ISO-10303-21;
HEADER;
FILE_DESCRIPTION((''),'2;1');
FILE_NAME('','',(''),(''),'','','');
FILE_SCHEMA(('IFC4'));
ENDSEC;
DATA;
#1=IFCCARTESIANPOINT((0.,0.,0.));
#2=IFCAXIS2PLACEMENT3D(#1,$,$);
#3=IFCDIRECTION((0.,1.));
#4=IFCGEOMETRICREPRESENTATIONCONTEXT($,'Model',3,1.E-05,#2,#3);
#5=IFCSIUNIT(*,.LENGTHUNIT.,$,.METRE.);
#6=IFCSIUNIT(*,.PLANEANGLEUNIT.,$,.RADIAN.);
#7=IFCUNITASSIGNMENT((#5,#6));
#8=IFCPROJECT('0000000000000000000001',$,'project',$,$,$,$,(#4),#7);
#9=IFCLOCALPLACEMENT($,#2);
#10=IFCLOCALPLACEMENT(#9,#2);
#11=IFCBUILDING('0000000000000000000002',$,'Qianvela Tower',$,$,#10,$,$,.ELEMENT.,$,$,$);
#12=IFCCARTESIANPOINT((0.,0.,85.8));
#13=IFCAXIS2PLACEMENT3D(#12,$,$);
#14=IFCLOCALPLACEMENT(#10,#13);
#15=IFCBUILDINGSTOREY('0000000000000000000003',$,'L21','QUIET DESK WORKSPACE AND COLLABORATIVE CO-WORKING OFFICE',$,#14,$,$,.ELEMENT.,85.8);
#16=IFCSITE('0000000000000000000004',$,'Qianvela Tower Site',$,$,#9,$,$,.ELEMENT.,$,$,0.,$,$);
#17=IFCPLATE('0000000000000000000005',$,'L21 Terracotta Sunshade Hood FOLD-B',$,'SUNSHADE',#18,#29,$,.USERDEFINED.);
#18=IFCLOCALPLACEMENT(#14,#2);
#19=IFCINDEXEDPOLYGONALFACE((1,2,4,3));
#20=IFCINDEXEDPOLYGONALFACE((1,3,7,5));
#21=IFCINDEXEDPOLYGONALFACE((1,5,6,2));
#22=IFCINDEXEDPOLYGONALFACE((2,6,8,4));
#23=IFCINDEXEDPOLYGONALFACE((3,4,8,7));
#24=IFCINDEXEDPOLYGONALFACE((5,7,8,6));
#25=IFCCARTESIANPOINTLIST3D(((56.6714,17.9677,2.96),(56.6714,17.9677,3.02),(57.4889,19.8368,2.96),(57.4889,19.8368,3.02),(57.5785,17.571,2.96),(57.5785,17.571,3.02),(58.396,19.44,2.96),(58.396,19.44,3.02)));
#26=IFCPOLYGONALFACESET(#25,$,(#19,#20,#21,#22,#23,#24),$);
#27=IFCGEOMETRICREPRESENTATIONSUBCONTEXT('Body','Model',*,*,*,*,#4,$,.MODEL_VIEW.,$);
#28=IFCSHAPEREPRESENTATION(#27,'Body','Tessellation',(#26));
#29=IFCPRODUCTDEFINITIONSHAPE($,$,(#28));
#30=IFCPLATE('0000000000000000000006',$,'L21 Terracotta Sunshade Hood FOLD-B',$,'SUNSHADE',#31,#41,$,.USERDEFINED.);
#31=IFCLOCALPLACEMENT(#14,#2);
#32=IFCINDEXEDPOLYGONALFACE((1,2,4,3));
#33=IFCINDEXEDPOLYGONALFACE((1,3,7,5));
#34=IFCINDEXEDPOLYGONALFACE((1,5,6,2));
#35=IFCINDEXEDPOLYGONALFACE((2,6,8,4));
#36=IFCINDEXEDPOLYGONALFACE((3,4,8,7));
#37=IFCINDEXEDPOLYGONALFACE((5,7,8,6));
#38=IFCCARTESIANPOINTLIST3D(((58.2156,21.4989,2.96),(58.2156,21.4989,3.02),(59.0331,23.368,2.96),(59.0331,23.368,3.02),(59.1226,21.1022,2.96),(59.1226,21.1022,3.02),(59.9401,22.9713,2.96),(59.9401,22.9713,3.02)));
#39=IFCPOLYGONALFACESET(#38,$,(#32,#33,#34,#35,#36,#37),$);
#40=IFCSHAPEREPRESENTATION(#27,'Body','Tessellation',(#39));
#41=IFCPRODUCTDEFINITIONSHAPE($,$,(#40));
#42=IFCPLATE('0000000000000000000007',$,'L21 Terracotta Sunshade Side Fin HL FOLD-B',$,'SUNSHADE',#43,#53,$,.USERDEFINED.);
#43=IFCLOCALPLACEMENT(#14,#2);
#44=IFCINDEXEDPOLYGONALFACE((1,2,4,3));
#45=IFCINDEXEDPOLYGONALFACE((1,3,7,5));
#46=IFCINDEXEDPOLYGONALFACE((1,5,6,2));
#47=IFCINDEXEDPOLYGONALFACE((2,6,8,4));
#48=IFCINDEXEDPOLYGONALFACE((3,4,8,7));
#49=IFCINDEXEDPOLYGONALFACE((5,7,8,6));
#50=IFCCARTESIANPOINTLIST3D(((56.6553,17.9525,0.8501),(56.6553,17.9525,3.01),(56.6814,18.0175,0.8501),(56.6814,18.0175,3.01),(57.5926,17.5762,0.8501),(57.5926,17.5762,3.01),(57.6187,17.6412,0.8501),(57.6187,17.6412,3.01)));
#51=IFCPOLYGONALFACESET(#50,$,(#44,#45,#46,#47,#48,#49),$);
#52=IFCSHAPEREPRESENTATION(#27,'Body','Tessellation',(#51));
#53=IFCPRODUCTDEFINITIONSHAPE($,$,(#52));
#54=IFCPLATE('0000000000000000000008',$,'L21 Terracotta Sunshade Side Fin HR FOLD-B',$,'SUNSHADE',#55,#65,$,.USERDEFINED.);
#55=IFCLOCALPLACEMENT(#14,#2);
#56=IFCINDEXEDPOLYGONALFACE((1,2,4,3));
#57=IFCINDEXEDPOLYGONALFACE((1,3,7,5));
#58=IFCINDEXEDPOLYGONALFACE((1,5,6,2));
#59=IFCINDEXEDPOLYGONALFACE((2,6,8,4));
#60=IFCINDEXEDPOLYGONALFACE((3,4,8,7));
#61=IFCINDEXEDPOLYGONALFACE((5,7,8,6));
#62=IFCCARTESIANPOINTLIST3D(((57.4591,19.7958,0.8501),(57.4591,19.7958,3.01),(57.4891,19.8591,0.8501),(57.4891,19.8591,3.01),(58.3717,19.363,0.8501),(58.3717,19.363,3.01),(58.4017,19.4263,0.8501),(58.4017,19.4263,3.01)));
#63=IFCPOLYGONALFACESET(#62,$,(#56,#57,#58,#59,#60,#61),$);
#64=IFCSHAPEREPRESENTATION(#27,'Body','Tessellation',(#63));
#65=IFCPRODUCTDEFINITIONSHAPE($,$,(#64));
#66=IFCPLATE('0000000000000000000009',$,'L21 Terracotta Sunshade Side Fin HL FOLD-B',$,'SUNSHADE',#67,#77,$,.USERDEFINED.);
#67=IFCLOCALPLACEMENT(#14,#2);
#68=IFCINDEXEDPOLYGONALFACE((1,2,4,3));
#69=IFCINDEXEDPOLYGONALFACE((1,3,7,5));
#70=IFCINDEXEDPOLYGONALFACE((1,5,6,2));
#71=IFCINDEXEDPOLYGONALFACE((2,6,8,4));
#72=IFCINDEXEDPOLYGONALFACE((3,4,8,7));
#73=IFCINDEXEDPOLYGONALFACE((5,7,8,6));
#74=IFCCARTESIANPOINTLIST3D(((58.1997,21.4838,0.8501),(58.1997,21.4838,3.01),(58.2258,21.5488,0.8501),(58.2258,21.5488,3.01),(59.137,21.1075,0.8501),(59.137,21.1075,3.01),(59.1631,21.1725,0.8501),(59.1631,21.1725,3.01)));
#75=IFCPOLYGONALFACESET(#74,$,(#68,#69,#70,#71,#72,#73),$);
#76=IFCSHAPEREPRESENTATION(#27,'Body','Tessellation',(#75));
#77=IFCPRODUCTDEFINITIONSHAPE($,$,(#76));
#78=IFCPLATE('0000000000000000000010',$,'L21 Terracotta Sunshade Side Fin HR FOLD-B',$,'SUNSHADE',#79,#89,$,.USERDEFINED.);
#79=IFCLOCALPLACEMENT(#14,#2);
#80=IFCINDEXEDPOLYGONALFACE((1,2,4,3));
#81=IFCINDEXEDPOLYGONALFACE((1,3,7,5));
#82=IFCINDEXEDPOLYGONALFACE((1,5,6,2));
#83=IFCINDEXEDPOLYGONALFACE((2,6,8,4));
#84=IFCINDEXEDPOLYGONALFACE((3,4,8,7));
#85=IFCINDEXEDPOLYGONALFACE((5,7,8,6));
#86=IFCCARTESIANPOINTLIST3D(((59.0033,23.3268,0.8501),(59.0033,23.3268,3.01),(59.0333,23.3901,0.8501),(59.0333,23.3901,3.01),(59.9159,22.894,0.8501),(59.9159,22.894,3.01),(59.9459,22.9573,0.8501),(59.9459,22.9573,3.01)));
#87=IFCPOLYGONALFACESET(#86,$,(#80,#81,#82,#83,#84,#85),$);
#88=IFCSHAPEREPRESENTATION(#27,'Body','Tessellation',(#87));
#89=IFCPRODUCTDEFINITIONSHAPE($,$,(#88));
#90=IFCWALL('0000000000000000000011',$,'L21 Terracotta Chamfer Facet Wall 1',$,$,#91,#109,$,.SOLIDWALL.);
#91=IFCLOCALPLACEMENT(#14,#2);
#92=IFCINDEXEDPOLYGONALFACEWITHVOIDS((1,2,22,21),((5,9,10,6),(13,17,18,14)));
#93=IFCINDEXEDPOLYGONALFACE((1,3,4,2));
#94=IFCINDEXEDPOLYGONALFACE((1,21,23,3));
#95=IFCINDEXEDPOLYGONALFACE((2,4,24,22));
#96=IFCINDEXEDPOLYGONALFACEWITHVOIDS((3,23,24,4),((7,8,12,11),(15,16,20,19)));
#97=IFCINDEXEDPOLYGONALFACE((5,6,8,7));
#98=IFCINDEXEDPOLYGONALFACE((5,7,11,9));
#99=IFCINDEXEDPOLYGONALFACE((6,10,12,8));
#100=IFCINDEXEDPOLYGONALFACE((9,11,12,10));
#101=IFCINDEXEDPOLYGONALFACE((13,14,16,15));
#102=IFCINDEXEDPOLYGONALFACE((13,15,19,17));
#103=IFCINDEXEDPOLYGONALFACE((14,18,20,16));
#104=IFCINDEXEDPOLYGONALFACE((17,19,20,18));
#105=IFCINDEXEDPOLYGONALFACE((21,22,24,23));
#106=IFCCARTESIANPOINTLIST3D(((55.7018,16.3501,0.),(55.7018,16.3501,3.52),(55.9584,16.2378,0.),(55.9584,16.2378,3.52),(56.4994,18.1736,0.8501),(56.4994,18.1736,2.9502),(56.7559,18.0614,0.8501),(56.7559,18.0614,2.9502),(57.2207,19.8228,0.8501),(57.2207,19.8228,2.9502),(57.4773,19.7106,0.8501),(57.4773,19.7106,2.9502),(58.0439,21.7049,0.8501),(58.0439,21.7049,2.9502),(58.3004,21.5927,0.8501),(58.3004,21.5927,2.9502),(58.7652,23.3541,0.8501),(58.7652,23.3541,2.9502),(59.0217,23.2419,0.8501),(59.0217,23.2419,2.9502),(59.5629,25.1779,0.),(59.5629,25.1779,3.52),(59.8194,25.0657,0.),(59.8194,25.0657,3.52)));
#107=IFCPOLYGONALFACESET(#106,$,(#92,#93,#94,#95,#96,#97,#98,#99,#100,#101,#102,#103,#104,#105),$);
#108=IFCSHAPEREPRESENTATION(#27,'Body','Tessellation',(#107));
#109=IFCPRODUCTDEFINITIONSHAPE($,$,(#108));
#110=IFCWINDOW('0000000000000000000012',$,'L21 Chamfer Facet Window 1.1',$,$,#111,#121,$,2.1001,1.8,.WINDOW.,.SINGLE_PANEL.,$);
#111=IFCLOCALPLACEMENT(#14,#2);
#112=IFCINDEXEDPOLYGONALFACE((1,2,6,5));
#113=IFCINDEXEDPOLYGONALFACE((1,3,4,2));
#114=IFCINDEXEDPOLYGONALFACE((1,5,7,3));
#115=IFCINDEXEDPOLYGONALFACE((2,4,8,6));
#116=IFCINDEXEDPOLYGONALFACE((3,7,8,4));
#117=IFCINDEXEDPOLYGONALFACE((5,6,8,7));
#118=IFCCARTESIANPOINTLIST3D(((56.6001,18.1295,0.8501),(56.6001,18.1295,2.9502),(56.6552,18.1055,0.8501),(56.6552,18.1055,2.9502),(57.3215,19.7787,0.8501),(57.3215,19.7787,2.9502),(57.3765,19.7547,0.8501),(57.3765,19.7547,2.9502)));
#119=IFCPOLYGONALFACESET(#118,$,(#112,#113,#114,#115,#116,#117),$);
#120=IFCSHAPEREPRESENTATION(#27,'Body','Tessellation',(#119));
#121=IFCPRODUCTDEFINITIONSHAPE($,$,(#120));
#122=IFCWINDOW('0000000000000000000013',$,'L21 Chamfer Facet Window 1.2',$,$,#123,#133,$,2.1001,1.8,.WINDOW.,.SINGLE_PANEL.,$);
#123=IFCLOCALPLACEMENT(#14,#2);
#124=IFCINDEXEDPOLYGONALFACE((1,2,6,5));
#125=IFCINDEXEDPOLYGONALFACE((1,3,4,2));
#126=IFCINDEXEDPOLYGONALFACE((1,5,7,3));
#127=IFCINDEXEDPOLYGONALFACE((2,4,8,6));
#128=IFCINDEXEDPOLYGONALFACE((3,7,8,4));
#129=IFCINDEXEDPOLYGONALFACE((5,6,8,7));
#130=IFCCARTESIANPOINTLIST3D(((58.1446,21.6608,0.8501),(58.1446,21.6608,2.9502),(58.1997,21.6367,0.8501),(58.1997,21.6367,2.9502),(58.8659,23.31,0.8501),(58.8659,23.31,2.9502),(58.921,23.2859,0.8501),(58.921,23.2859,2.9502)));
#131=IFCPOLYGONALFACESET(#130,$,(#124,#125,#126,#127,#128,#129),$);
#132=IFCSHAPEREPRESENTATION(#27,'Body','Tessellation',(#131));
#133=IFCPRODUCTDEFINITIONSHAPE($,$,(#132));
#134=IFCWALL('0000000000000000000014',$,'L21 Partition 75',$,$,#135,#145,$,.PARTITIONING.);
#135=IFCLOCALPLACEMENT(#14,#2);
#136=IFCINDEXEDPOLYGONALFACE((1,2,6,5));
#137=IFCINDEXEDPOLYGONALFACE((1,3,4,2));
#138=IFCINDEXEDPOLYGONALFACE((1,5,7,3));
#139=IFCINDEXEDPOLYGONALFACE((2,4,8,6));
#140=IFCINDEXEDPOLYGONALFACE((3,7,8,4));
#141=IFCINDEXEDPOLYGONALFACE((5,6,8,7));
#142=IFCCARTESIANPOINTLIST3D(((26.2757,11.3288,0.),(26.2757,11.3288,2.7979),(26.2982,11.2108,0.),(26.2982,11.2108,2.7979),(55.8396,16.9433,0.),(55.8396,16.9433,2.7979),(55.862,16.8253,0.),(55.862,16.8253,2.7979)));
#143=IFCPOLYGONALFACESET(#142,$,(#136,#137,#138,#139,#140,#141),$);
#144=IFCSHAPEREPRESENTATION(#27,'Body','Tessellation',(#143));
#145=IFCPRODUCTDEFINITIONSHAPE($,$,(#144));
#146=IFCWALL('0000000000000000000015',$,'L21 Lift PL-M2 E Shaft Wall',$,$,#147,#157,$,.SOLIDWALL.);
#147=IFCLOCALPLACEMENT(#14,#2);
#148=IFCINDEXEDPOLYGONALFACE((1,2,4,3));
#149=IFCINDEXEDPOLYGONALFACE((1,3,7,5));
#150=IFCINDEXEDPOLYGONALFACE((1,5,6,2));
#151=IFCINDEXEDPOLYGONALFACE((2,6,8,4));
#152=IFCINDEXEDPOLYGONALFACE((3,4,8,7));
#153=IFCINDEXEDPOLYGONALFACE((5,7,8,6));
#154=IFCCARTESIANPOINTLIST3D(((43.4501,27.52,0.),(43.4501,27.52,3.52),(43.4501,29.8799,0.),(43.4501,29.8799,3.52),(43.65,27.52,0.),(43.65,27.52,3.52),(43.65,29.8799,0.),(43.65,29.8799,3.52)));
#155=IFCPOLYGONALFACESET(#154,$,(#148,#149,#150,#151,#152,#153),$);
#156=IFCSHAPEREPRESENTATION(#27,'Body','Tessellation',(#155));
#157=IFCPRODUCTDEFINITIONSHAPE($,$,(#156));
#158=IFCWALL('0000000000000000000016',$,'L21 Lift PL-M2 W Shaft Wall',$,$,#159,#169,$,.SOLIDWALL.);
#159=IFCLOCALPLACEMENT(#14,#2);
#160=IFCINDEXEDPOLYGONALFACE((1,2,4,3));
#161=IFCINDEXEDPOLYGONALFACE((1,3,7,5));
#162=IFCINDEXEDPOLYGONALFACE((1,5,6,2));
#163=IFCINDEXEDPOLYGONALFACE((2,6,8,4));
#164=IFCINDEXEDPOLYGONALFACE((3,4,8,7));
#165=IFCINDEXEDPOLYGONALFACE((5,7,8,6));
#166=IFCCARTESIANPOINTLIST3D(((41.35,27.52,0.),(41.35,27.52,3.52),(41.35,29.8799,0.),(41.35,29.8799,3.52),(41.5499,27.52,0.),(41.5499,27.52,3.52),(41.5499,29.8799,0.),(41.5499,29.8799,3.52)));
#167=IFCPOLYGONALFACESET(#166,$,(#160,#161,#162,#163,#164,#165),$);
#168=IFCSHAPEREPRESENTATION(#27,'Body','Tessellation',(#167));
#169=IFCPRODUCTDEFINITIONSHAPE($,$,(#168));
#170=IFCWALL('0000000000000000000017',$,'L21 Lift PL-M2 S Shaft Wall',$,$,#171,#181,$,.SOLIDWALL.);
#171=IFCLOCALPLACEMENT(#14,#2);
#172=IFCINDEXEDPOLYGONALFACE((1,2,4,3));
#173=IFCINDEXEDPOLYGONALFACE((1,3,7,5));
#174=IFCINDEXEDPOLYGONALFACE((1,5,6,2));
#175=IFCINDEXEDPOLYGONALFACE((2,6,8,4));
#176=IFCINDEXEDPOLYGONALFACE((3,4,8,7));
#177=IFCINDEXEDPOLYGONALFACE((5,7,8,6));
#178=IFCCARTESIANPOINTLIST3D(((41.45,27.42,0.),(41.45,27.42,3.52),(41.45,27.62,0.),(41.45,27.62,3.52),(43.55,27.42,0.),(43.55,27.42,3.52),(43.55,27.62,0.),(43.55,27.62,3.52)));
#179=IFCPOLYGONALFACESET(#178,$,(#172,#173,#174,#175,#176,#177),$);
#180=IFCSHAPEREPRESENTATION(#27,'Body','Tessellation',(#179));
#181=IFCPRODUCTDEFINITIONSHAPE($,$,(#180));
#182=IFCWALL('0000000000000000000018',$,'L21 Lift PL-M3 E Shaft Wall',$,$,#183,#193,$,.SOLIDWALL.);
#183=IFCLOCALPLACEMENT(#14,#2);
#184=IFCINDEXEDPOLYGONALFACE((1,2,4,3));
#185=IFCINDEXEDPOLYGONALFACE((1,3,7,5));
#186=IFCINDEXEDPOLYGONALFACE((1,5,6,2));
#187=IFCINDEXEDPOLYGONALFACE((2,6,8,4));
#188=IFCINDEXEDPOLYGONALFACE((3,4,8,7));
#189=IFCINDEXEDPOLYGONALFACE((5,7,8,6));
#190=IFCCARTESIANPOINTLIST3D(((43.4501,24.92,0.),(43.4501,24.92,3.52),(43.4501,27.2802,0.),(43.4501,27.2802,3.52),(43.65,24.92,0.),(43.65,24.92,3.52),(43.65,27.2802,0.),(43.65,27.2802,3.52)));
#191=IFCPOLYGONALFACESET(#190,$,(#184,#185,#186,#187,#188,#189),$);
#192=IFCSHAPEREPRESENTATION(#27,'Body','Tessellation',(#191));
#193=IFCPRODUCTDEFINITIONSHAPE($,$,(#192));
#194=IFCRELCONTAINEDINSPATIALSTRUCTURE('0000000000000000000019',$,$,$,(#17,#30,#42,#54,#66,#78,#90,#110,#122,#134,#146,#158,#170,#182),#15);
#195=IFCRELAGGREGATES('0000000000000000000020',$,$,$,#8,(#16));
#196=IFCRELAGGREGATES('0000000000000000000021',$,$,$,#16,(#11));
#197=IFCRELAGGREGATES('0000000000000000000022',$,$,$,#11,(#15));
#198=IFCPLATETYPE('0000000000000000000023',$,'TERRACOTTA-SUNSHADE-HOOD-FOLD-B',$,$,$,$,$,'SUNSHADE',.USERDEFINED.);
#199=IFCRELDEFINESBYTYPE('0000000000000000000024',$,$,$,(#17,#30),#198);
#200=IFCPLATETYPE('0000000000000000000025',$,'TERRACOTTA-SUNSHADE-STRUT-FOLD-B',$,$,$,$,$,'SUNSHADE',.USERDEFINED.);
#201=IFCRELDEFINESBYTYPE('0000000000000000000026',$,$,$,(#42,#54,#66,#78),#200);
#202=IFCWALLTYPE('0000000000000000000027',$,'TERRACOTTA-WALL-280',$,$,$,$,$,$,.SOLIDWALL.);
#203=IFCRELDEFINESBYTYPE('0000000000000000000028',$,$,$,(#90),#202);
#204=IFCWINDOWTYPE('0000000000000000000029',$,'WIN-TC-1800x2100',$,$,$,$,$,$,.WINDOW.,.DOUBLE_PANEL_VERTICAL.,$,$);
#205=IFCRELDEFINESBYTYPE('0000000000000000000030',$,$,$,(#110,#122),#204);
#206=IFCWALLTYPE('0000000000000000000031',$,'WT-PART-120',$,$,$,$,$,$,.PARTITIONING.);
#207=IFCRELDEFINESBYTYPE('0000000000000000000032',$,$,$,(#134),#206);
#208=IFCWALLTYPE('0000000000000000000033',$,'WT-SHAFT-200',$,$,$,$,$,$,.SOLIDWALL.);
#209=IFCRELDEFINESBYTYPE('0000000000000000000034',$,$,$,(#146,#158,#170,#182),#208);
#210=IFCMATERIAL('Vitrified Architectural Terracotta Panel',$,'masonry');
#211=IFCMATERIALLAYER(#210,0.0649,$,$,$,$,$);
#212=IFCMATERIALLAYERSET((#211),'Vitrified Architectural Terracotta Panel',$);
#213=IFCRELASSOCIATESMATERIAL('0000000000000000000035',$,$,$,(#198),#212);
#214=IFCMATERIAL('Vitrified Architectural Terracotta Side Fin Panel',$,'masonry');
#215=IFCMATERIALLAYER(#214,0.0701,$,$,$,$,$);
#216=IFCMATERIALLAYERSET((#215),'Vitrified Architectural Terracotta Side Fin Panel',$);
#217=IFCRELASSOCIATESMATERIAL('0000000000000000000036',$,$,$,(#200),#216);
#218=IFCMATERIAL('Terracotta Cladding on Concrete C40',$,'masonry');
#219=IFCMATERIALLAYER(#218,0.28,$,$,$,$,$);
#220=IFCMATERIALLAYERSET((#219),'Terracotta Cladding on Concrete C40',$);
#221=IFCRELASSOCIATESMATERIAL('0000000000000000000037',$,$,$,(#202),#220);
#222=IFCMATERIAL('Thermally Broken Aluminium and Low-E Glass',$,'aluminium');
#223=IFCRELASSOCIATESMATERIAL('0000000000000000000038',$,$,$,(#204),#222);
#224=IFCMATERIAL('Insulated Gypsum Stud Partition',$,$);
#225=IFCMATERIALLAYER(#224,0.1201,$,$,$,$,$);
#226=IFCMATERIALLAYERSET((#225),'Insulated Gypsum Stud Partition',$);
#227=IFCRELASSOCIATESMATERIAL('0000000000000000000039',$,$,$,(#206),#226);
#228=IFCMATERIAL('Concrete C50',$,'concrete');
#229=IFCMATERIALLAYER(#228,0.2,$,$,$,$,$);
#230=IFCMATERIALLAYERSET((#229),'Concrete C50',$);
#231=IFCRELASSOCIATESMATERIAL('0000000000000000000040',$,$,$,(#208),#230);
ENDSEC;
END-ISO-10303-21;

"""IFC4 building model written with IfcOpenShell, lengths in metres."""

from ifc_helpers import new_model, si_unit, direction, frame, frame_2d, origin, origin_2d, place, context, subcontext, project, spatial, rectangle, extrude, material, layer, layer_set, type_object, element, fill, save


model = new_model("IFC4")

# Units and contexts
model_context = context("Model", 3, precision=1e-05, world=origin(), true_north=direction((0.0, 1.0)))
body_context = subcontext(model_context, "Body", "Model", "MODEL_VIEW")
ifc_project = project(units=[si_unit("LENGTHUNIT", "METRE"), si_unit("PLANEANGLEUNIT", "RADIAN")], contexts=[model_context])

# Site, building, storey
site_placement = place(None, origin())
site = spatial("IfcSite", under=ifc_project, at=site_placement, Name="Qianvela Tower Site", CompositionType="ELEMENT", RefElevation=0.0)
building_placement = place(site_placement, origin())
building = spatial("IfcBuilding", under=site, at=building_placement, Name="Qianvela Tower", CompositionType="ELEMENT")
storey_placement = place(building_placement, frame((0.0, 0.0, 85.8)))
storey = spatial("IfcBuildingStorey", under=building, at=storey_placement, Name="L21", Description="QUIET DESK WORKSPACE AND COLLABORATIVE CO-WORKING OFFICE", CompositionType="ELEMENT", Elevation=85.8)

# Plates
ifc_material_1 = material(Name="Vitrified Architectural Terracotta Panel", Category="masonry")
ifc_layer_1 = layer(ifc_material_1, 0.0649)
ifc_layer_set_1 = layer_set([ifc_layer_1], Name="Vitrified Architectural Terracotta Panel")
plate_type_1 = type_object("IfcPlateType", Name="TERRACOTTA-SUNSHADE-HOOD-FOLD-B", ElementType="SUNSHADE", PredefinedType="USERDEFINED", material=ifc_layer_set_1)
for number, where, z_axis, x_axis, name in (
    (1, (57.5337, 18.7039, 2.96), (0.0, 0.0, 1.0), (0.400723, 0.916199, 0.0), "L21 Terracotta Sunshade Hood FOLD-B"),
    (2, (59.0779, 22.2351, 2.96), (0.0, 0.0, 1.0), (0.400723, 0.916199, 0.0), "L21 Terracotta Sunshade Hood FOLD-B"),
):
    element("IfcPlate", number, at=place(storey_placement, frame(where, z_axis=z_axis, x_axis=x_axis)), inside=storey, type_object=plate_type_1, Name=name, ObjectType="SUNSHADE", PredefinedType="USERDEFINED", context=body_context, shape_type="SweptSolid", body=[
        extrude(rectangle(XDim=2.04, YDim=0.99, at=origin_2d()), origin(), (0.0, 0.0, 1.0), 0.0601),
    ])
ifc_material_2 = material(Name="Vitrified Architectural Terracotta Side Fin Panel", Category="masonry")
ifc_layer_2 = layer(ifc_material_2, 0.0701)
ifc_layer_set_2 = layer_set([ifc_layer_2], Name="Vitrified Architectural Terracotta Side Fin Panel")
plate_type_2 = type_object("IfcPlateType", Name="TERRACOTTA-SUNSHADE-STRUT-FOLD-B", ElementType="SUNSHADE", PredefinedType="USERDEFINED", material=ifc_layer_set_2)
for number, where, z_axis, x_axis, name in (
    (3, (57.137, 17.7969, 0.8501), (0.0, 0.0, 1.0), (0.372557, 0.928009, 0.0), "L21 Terracotta Sunshade Side Fin HL FOLD-B"),
    (4, (57.9304, 19.6111, 0.8501), (0.0, 0.0, 1.0), (0.428516, 0.903534, 0.0), "L21 Terracotta Sunshade Side Fin HR FOLD-B"),
    (5, (58.6814, 21.3281, 0.8501), (0.0, 0.0, 1.0), (0.372557, 0.928009, 0.0), "L21 Terracotta Sunshade Side Fin HL FOLD-B"),
    (6, (59.4746, 23.1421, 0.8501), (0.0, 0.0, 1.0), (0.428516, 0.903534, 0.0), "L21 Terracotta Sunshade Side Fin HR FOLD-B"),
):
    element("IfcPlate", number, at=place(storey_placement, frame(where, z_axis=z_axis, x_axis=x_axis)), inside=storey, type_object=plate_type_2, Name=name, ObjectType="SUNSHADE", PredefinedType="USERDEFINED", context=body_context, shape_type="SweptSolid", body=[
        extrude(rectangle(XDim=0.0701, YDim=1.01, at=origin_2d()), origin(), (0.0, 0.0, 1.0), 2.1599),
    ])

# Wall, openings, windows
ifc_material_3 = material(Name="Terracotta Cladding on Concrete C40", Category="masonry")
ifc_layer_3 = layer(ifc_material_3, 0.28)
ifc_layer_set_3 = layer_set([ifc_layer_3], Name="Terracotta Cladding on Concrete C40")
wall_type_1 = type_object("IfcWallType", Name="TERRACOTTA-WALL-280", PredefinedType="SOLIDWALL", material=ifc_layer_set_3)
wall_1_placement = place(storey_placement, frame((55.8301, 16.2939, 0.0), z_axis=(0.0, 0.0, 1.0), x_axis=(0.400722, 0.9162, 0.0)))
wall_1 = element("IfcWall", 7, at=wall_1_placement, inside=storey, type_object=wall_type_1, Name="L21 Terracotta Chamfer Facet Wall 1", PredefinedType="SOLIDWALL", context=body_context, shape_type="SweptSolid", body=[
    extrude(rectangle(XDim=9.6353, YDim=0.28, at=frame_2d((4.8176, 0.0))), origin(), (0.0, 0.0, 1.0), 3.52),
])
opening_1_placement = place(wall_1_placement, frame((1.9905, 0.0, 0.8501)))
opening_1 = element("IfcOpeningElement", 8, at=opening_1_placement, cuts=wall_1, PredefinedType="OPENING", context=body_context, shape_type="SweptSolid", body=[
    extrude(rectangle(XDim=1.8, YDim=2.1001, at=frame_2d((0.8999, 1.05))), frame((0.0, 0.1499, 0.0), z_axis=(0.0, -1.0, 0.0), x_axis=(1.0, 0.0, 0.0)), (0.0, 0.0, 1.0), 0.3),
])
opening_2_placement = place(wall_1_placement, frame((5.8447, 0.0, 0.8501)))
opening_2 = element("IfcOpeningElement", 9, at=opening_2_placement, cuts=wall_1, PredefinedType="OPENING", context=body_context, shape_type="SweptSolid", body=[
    extrude(rectangle(XDim=1.8, YDim=2.1001, at=frame_2d((0.8999, 1.05))), frame((0.0, 0.1499, 0.0), z_axis=(0.0, -1.0, 0.0), x_axis=(1.0, 0.0, 0.0)), (0.0, 0.0, 1.0), 0.3),
])
ifc_material_4 = material(Name="Thermally Broken Aluminium and Low-E Glass", Category="aluminium")
window_type = type_object("IfcWindowType", Name="WIN-TC-1800x2100", PartitioningType="DOUBLE_PANEL_VERTICAL", PredefinedType="WINDOW", material=ifc_material_4)
window_1_placement = place(opening_1_placement, origin())
window_1 = element("IfcWindow", 10, at=window_1_placement, inside=storey, type_object=window_type, Name="L21 Chamfer Facet Window 1.1", OverallHeight=2.1001, OverallWidth=1.8, PartitioningType="SINGLE_PANEL", PredefinedType="WINDOW", context=body_context, shape_type="SweptSolid", body=[
    extrude(rectangle(XDim=1.8, YDim=2.1001, at=frame_2d((0.8999, 1.05))), frame((0.0, 0.03, 0.0), z_axis=(0.0, -1.0, 0.0), x_axis=(1.0, 0.0, 0.0)), (0.0, 0.0, 1.0), 0.0601),
])
fill(opening_1, window_1)
window_2_placement = place(opening_2_placement, origin())
window_2 = element("IfcWindow", 11, at=window_2_placement, inside=storey, type_object=window_type, Name="L21 Chamfer Facet Window 1.2", OverallHeight=2.1001, OverallWidth=1.8, PartitioningType="SINGLE_PANEL", PredefinedType="WINDOW", context=body_context, shape_type="SweptSolid", body=[
    extrude(rectangle(XDim=1.8, YDim=2.1001, at=frame_2d((0.8999, 1.05))), frame((0.0, 0.03, 0.0), z_axis=(0.0, -1.0, 0.0), x_axis=(1.0, 0.0, 0.0)), (0.0, 0.0, 1.0), 0.0601),
])
fill(opening_2, window_2)

# Walls
ifc_material_5 = material(Name="Insulated Gypsum Stud Partition")
ifc_layer_4 = layer(ifc_material_5, 0.1201)
ifc_layer_set_4 = layer_set([ifc_layer_4], Name="Insulated Gypsum Stud Partition")
wall_type_2 = type_object("IfcWallType", Name="WT-PART-120", PredefinedType="PARTITIONING", material=ifc_layer_set_4)
wall_2_placement = place(storey_placement, frame((55.8508, 16.8843, 0.0), z_axis=(0.0, 0.0, 1.0), x_axis=(-0.982441, -0.186576, 0.0)))
element("IfcWall", 12, at=wall_2_placement, inside=storey, type_object=wall_type_2, Name="L21 Partition 75", PredefinedType="PARTITIONING", context=body_context, shape_type="SweptSolid", body=[
    extrude(rectangle(XDim=30.0923, YDim=0.1201, at=frame_2d((15.0461, 0.0))), origin(), (0.0, 0.0, 1.0), 2.7979),
])
ifc_material_6 = material(Name="Concrete C50", Category="concrete")
ifc_layer_5 = layer(ifc_material_6, 0.2)
ifc_layer_set_5 = layer_set([ifc_layer_5], Name="Concrete C50")
wall_type_3 = type_object("IfcWallType", Name="WT-SHAFT-200", PredefinedType="SOLIDWALL", material=ifc_layer_set_5)
for number, where, z_axis, x_axis, name in (
    (13, (43.55, 27.52, 0.0), (0.0, 0.0, 1.0), (0.0, 1.0, 0.0), "L21 Lift PL-M2 E Shaft Wall"),
    (14, (41.45, 27.52, 0.0), (0.0, 0.0, 1.0), (0.0, 1.0, 0.0), "L21 Lift PL-M2 W Shaft Wall"),
):
    element("IfcWall", number, at=place(storey_placement, frame(where, z_axis=z_axis, x_axis=x_axis)), inside=storey, type_object=wall_type_3, Name=name, PredefinedType="SOLIDWALL", context=body_context, shape_type="SweptSolid", body=[
        extrude(rectangle(XDim=2.3599, YDim=0.2, at=frame_2d((1.1799, 0.0))), origin(), (0.0, 0.0, 1.0), 3.52),
    ])
wall_3_placement = place(storey_placement, frame((41.45, 27.52, 0.0), z_axis=(0.0, 0.0, 1.0), x_axis=(1.0, 0.0, 0.0)))
element("IfcWall", 15, at=wall_3_placement, inside=storey, type_object=wall_type_3, Name="L21 Lift PL-M2 S Shaft Wall", PredefinedType="SOLIDWALL", context=body_context, shape_type="SweptSolid", body=[
    extrude(rectangle(XDim=2.1001, YDim=0.2, at=frame_2d((1.05, 0.0))), origin(), (0.0, 0.0, 1.0), 3.52),
])
for number, where, z_axis, x_axis, name in (
    (16, (43.55, 24.9199, 0.0), (0.0, 0.0, 1.0), (0.0, 1.0, 0.0), "L21 Lift PL-M3 E Shaft Wall"),
):
    element("IfcWall", number, at=place(storey_placement, frame(where, z_axis=z_axis, x_axis=x_axis)), inside=storey, type_object=wall_type_3, Name=name, PredefinedType="SOLIDWALL", context=body_context, shape_type="SweptSolid", body=[
        extrude(rectangle(XDim=2.3601, YDim=0.2, at=frame_2d((1.1802, 0.0))), origin(), (0.0, 0.0, 1.0), 3.52),
    ])

save(model, "model.ifc")
